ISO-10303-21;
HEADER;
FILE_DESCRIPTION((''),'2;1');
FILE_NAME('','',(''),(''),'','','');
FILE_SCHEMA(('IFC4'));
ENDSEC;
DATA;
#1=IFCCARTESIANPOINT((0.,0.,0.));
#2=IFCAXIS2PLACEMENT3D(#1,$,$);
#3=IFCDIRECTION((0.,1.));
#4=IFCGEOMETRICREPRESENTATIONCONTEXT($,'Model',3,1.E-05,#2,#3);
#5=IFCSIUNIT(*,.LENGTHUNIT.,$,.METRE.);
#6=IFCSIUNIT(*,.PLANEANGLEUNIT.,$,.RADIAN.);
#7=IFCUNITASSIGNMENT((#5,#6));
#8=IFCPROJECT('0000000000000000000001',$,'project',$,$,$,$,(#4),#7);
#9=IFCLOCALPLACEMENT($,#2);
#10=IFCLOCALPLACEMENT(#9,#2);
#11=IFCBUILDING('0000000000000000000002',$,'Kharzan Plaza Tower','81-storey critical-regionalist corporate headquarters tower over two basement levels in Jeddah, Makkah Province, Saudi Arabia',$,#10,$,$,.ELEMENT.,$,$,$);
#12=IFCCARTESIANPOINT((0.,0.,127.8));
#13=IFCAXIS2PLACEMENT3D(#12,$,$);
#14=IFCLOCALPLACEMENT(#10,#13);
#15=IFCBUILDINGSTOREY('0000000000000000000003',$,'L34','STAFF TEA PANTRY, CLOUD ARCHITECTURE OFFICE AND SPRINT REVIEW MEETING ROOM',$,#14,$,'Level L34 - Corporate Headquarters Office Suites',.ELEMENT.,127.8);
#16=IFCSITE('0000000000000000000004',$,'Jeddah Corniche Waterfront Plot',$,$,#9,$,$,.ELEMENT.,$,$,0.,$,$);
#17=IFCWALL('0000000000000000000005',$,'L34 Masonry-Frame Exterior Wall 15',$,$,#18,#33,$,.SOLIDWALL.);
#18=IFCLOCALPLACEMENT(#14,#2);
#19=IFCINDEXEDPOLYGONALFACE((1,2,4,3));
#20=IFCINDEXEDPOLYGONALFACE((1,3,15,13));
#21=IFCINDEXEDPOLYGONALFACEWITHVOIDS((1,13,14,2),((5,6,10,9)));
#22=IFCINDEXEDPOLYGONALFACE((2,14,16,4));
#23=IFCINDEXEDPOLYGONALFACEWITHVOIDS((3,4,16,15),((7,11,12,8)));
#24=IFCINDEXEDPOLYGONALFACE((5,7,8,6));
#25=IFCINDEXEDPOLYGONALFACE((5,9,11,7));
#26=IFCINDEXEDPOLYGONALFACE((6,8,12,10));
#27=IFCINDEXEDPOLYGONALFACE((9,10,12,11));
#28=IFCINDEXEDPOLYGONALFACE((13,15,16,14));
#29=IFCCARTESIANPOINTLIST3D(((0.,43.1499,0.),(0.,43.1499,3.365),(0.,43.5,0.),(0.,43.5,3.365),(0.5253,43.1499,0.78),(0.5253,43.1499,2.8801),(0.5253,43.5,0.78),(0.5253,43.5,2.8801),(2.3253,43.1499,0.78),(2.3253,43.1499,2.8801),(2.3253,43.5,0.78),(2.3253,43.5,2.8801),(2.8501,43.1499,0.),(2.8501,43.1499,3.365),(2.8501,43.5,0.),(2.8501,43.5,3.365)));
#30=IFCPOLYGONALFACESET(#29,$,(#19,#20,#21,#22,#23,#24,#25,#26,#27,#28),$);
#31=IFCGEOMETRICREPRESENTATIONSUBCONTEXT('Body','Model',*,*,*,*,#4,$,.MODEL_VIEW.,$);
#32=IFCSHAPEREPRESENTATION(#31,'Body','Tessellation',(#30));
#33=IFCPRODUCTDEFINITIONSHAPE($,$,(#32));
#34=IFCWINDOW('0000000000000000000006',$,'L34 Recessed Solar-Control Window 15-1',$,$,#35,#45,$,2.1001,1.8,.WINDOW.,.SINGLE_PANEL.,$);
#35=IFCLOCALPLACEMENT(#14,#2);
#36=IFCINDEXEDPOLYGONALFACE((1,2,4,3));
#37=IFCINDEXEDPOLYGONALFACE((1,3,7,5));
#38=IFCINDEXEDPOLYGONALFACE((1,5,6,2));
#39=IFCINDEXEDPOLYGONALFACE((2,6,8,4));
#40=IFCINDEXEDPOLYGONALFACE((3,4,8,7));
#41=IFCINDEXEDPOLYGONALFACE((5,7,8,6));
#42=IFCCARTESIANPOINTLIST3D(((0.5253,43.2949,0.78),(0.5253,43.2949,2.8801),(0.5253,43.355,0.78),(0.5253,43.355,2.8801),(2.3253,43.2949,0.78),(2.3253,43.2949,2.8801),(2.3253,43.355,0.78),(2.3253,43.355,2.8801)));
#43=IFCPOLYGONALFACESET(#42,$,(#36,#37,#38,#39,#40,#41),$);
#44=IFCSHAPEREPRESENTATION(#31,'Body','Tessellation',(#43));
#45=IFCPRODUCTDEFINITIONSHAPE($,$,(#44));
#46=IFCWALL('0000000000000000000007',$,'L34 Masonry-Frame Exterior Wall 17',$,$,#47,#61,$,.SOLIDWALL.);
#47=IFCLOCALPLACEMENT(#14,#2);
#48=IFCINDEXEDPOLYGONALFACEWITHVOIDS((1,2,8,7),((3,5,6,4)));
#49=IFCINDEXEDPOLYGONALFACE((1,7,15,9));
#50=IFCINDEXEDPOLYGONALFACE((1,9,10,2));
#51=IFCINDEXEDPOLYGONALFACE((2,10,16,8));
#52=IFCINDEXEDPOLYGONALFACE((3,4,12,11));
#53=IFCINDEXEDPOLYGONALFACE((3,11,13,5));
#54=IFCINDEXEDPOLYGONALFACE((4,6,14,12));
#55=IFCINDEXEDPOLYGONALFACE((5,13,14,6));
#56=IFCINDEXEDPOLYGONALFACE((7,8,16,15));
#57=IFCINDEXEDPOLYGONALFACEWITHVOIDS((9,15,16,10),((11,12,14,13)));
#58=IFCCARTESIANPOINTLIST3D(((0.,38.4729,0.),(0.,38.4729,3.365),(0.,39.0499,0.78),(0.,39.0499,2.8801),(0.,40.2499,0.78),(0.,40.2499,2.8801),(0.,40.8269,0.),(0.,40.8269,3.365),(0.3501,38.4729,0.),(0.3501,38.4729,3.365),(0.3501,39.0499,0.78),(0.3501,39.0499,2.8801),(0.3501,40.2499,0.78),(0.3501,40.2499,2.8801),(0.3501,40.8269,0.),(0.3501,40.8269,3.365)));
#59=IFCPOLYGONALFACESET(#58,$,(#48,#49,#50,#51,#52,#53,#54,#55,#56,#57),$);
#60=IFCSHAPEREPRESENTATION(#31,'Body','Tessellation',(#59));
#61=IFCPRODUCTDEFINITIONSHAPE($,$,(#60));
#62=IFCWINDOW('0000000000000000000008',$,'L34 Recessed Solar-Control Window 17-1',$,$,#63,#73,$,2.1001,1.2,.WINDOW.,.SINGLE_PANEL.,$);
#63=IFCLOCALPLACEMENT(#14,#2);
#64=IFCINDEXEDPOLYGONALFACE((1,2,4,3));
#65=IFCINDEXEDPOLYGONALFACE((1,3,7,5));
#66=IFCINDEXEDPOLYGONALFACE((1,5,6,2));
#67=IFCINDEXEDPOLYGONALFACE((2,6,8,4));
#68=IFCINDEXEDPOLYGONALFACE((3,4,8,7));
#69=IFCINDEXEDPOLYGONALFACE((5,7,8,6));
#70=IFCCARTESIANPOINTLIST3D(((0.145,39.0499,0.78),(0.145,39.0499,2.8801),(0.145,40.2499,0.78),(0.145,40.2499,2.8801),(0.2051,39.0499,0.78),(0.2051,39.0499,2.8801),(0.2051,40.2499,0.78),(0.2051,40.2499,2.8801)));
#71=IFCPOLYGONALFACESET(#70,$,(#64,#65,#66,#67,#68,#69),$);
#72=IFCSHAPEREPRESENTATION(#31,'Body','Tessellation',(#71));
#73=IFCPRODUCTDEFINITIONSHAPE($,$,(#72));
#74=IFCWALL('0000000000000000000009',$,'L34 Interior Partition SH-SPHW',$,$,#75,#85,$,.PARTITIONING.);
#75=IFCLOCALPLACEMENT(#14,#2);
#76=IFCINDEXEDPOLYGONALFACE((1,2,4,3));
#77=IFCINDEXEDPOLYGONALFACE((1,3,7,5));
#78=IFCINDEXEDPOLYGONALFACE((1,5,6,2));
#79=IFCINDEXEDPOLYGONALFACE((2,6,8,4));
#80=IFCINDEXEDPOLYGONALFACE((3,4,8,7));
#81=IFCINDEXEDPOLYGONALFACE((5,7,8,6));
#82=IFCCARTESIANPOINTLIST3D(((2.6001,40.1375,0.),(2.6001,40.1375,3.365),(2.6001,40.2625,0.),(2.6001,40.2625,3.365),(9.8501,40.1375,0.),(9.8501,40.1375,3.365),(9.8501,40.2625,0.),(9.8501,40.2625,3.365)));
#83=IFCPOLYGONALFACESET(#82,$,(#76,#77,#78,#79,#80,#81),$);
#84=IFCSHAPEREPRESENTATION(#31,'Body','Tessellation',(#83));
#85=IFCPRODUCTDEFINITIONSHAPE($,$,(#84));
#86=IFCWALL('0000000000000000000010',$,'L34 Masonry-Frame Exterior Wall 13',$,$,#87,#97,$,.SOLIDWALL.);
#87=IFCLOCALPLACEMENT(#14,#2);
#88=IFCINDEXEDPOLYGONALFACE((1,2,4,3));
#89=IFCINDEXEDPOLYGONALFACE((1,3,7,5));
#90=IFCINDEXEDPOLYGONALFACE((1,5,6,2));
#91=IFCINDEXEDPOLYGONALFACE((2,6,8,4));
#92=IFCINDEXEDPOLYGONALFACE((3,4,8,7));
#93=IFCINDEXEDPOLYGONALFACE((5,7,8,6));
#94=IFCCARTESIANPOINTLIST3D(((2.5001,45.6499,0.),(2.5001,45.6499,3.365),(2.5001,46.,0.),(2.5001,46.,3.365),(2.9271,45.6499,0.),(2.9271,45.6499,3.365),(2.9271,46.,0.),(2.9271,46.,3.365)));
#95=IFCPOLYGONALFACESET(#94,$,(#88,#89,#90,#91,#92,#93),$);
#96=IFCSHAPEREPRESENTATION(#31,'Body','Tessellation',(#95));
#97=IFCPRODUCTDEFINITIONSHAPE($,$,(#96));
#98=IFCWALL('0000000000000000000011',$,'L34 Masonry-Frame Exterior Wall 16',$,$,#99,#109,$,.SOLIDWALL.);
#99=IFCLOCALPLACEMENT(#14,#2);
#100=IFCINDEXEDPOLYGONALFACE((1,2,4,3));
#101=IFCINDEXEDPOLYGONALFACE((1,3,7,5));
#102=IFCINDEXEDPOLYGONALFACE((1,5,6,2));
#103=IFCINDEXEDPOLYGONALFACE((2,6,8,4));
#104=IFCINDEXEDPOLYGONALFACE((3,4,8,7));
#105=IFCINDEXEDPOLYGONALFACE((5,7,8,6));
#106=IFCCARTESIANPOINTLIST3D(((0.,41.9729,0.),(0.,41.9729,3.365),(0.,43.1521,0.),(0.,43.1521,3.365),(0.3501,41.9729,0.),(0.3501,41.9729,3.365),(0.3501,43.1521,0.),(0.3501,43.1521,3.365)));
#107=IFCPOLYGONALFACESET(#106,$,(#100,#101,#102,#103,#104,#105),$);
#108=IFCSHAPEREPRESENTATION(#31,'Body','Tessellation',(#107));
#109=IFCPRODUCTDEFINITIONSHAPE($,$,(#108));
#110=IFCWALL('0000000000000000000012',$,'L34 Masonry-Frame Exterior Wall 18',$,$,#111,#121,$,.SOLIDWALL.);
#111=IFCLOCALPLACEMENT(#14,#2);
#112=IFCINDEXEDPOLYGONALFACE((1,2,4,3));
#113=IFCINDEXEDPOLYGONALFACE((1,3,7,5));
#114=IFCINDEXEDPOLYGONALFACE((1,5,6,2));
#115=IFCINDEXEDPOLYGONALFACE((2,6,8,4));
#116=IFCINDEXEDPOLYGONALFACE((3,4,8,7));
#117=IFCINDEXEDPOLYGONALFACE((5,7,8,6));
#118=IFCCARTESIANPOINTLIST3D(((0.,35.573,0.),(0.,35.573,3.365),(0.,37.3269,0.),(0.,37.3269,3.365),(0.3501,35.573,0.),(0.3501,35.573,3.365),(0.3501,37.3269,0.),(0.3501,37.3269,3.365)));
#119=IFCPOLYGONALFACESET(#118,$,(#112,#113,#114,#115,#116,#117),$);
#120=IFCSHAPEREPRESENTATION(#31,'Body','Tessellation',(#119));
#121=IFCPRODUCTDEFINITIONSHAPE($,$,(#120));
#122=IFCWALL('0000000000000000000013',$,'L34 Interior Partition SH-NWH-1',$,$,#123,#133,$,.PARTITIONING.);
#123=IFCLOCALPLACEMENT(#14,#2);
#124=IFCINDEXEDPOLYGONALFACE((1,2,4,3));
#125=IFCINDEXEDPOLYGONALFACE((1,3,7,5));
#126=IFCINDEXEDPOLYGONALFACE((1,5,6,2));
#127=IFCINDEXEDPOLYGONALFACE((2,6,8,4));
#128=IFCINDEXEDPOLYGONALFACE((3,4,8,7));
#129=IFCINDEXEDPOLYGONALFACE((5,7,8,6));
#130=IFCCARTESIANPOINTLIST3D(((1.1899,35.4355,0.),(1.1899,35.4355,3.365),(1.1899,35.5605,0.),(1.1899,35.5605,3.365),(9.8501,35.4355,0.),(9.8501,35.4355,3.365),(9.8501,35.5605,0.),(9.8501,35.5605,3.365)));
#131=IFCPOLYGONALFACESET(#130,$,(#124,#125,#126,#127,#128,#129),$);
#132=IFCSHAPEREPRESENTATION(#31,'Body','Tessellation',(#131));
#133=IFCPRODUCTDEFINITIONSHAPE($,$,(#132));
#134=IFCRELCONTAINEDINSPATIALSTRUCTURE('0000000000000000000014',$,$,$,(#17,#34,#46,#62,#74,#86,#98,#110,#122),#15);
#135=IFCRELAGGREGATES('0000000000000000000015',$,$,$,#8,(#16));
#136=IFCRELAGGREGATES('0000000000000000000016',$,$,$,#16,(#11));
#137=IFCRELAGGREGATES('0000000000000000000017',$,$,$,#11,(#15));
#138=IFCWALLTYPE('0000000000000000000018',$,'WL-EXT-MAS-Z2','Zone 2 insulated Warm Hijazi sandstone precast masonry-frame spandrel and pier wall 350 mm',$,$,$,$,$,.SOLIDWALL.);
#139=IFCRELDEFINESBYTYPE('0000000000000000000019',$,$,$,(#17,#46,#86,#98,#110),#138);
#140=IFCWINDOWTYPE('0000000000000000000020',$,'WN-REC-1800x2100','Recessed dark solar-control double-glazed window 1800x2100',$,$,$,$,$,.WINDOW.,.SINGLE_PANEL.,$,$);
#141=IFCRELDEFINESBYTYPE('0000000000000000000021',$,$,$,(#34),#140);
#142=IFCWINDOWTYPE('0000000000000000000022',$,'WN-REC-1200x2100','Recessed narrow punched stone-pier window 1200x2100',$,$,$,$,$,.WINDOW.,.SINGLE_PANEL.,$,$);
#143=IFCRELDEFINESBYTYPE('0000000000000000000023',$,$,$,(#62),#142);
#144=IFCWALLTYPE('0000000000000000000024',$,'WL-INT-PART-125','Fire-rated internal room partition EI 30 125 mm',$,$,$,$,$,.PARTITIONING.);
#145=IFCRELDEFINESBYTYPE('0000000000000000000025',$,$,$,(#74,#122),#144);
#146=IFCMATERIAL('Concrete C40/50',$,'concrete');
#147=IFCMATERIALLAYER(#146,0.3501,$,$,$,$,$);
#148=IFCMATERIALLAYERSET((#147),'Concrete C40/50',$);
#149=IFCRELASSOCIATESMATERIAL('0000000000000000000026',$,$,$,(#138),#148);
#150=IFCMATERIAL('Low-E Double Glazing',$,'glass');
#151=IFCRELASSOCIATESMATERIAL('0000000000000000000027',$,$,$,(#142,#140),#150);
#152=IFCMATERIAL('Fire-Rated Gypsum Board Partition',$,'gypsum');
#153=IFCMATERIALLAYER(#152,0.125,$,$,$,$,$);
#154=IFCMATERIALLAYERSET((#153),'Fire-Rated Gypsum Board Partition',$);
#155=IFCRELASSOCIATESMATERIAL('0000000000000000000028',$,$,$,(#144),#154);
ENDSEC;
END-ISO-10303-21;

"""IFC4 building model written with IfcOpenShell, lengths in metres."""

from ifc_helpers import new_model, si_unit, direction, frame, frame_2d, origin, place, context, subcontext, project, spatial, rectangle, extrude, source, transform, mapped, material, layer, layer_set, type_object, element, fill, save


model = new_model("IFC4")

# Units and contexts
model_context = context("Model", 3, precision=1e-05, world=origin(), true_north=direction((0.0, 1.0)))
body_context = subcontext(model_context, "Body", "Model", "MODEL_VIEW")
ifc_project = project(units=[si_unit("LENGTHUNIT", "METRE"), si_unit("PLANEANGLEUNIT", "RADIAN")], contexts=[model_context])

# Site, building, storey
site_placement = place(None, origin())
site = spatial("IfcSite", under=ifc_project, at=site_placement, Name="Jeddah Corniche Waterfront Plot", CompositionType="ELEMENT", RefElevation=0.0)
building_placement = place(site_placement, origin())
building = spatial("IfcBuilding", under=site, at=building_placement, Name="Kharzan Plaza Tower", Description="81-storey critical-regionalist corporate headquarters tower over two basement levels in Jeddah, Makkah Province, Saudi Arabia", CompositionType="ELEMENT")
storey_placement = place(building_placement, frame((0.0, 0.0, 127.8)))
storey = spatial("IfcBuildingStorey", under=building, at=storey_placement, Name="L34", Description="STAFF TEA PANTRY, CLOUD ARCHITECTURE OFFICE AND SPRINT REVIEW MEETING ROOM", LongName="Level L34 - Corporate Headquarters Office Suites", CompositionType="ELEMENT", Elevation=127.8)

# Walls, openings, windows
ifc_material_1 = material(Name="Concrete C40/50", Category="concrete")
ifc_layer_1 = layer(ifc_material_1, 0.3501)
ifc_layer_set_1 = layer_set([ifc_layer_1], Name="Concrete C40/50")
wall_type_1 = type_object("IfcWallType", Name="WL-EXT-MAS-Z2", Description="Zone 2 insulated Warm Hijazi sandstone precast masonry-frame spandrel and pier wall 350 mm", PredefinedType="SOLIDWALL", material=ifc_layer_set_1)
ifc_material_2 = material(Name="Low-E Double Glazing", Category="glass")
window_type_1 = type_object("IfcWindowType", Name="WN-REC-1200x2100", Description="Recessed narrow punched stone-pier window 1200x2100", PartitioningType="SINGLE_PANEL", PredefinedType="WINDOW", material=ifc_material_2)
shared_shape_1 = source(origin(), body_context, "Body", "SweptSolid", [
    extrude(rectangle(XDim=1.2, YDim=2.1001, at=frame_2d((0.6001, 1.05))), frame((0.0, 0.03, 0.0), z_axis=(0.0, -1.0, 0.0), x_axis=(1.0, 0.0, 0.0)), (0.0, 0.0, 1.0), 0.0601),
])
wall_1_placement = place(storey_placement, frame((2.8501, 43.325, 0.0), z_axis=(0.0, 0.0, 1.0), x_axis=(-1.0, 0.0, 0.0)))
wall_1 = element("IfcWall", 1, at=wall_1_placement, inside=storey, type_object=wall_type_1, Name="L34 Masonry-Frame Exterior Wall 15", PredefinedType="SOLIDWALL", context=body_context, shape_type="SweptSolid", body=[
    extrude(rectangle(XDim=2.8501, YDim=0.3501, at=frame_2d((1.425, 0.0))), origin(), (0.0, 0.0, 1.0), 3.365),
])
opening_1_placement = place(wall_1_placement, frame((0.5249, 0.0, 0.78)))
opening_1 = element("IfcOpeningElement", 2, at=opening_1_placement, cuts=wall_1, PredefinedType="OPENING", context=body_context, shape_type="SweptSolid", body=[
    extrude(rectangle(XDim=1.8, YDim=2.1001, at=frame_2d((0.8999, 1.05))), frame((0.0, 0.1851, 0.0), z_axis=(0.0, -1.0, 0.0), x_axis=(1.0, 0.0, 0.0)), (0.0, 0.0, 1.0), 0.3701),
])
window_type_2 = type_object("IfcWindowType", Name="WN-REC-1800x2100", Description="Recessed dark solar-control double-glazed window 1800x2100", PartitioningType="SINGLE_PANEL", PredefinedType="WINDOW", material=ifc_material_2)
shared_shape_2 = source(origin(), body_context, "Body", "SweptSolid", [
    extrude(rectangle(XDim=1.8, YDim=2.1001, at=frame_2d((0.8999, 1.05))), frame((0.0, 0.03, 0.0), z_axis=(0.0, -1.0, 0.0), x_axis=(1.0, 0.0, 0.0)), (0.0, 0.0, 1.0), 0.0601),
])
window_1_placement = place(opening_1_placement, origin())
window_1 = element("IfcWindow", 3, at=window_1_placement, inside=storey, type_object=window_type_2, Name="L34 Recessed Solar-Control Window 15-1", OverallHeight=2.1001, OverallWidth=1.8, PartitioningType="SINGLE_PANEL", PredefinedType="WINDOW", context=body_context, shape_type="MappedRepresentation", body=[
    mapped(shared_shape_2, transform((0.0, 0.0, 0.0), x_axis=(1.0, 0.0, 0.0), y_axis=(0.0, 1.0, 0.0), z_axis=(0.0, 0.0, 1.0))),
])
fill(opening_1, window_1)
wall_2_placement = place(storey_placement, frame((0.175, 40.8269, 0.0), z_axis=(0.0, 0.0, 1.0), x_axis=(0.0, -1.0, 0.0)))
wall_2 = element("IfcWall", 4, at=wall_2_placement, inside=storey, type_object=wall_type_1, Name="L34 Masonry-Frame Exterior Wall 17", PredefinedType="SOLIDWALL", context=body_context, shape_type="SweptSolid", body=[
    extrude(rectangle(XDim=2.354, YDim=0.3501, at=frame_2d((1.177, 0.0))), origin(), (0.0, 0.0, 1.0), 3.365),
])
opening_2_placement = place(wall_2_placement, frame((0.5769, 0.0, 0.78)))
opening_2 = element("IfcOpeningElement", 5, at=opening_2_placement, cuts=wall_2, PredefinedType="OPENING", context=body_context, shape_type="SweptSolid", body=[
    extrude(rectangle(XDim=1.2, YDim=2.1001, at=frame_2d((0.6001, 1.05))), frame((0.0, 0.1851, 0.0), z_axis=(0.0, -1.0, 0.0), x_axis=(1.0, 0.0, 0.0)), (0.0, 0.0, 1.0), 0.3701),
])
window_2_placement = place(opening_2_placement, origin())
window_2 = element("IfcWindow", 6, at=window_2_placement, inside=storey, type_object=window_type_1, Name="L34 Recessed Solar-Control Window 17-1", OverallHeight=2.1001, OverallWidth=1.2, PartitioningType="SINGLE_PANEL", PredefinedType="WINDOW", context=body_context, shape_type="MappedRepresentation", body=[
    mapped(shared_shape_1, transform((0.0, 0.0, 0.0), x_axis=(1.0, 0.0, 0.0), y_axis=(0.0, 1.0, 0.0), z_axis=(0.0, 0.0, 1.0))),
])
fill(opening_2, window_2)

# Walls
ifc_material_3 = material(Name="Fire-Rated Gypsum Board Partition", Category="gypsum")
ifc_layer_2 = layer(ifc_material_3, 0.125)
ifc_layer_set_2 = layer_set([ifc_layer_2], Name="Fire-Rated Gypsum Board Partition")
wall_type_2 = type_object("IfcWallType", Name="WL-INT-PART-125", Description="Fire-rated internal room partition EI 30 125 mm", PredefinedType="PARTITIONING", material=ifc_layer_set_2)
shared_shape_3 = source(origin(), body_context, "Body", "SweptSolid", [
    extrude(rectangle(XDim=7.25, YDim=0.125, at=frame_2d((3.625, 0.0))), origin(), (0.0, 0.0, 1.0), 3.365),
])
wall_3_placement = place(storey_placement, frame((2.6001, 40.2, 0.0), z_axis=(0.0, 0.0, 1.0), x_axis=(1.0, 0.0, 0.0)))
element("IfcWall", 7, at=wall_3_placement, inside=storey, type_object=wall_type_2, Name="L34 Interior Partition SH-SPHW", PredefinedType="PARTITIONING", context=body_context, shape_type="MappedRepresentation", body=[
    mapped(shared_shape_3, transform((0.0, 0.0, 0.0), x_axis=(1.0, 0.0, 0.0), y_axis=(0.0, 1.0, 0.0), z_axis=(0.0, 0.0, 1.0))),
])
shared_shape_4 = source(origin(), body_context, "Body", "SweptSolid", [
    extrude(rectangle(XDim=0.427, YDim=0.3501, at=frame_2d((0.2134, 0.0))), origin(), (0.0, 0.0, 1.0), 3.365),
])
wall_4_placement = place(storey_placement, frame((2.927, 45.825, 0.0), z_axis=(0.0, 0.0, 1.0), x_axis=(-1.0, 0.0, 0.0)))
element("IfcWall", 8, at=wall_4_placement, inside=storey, type_object=wall_type_1, Name="L34 Masonry-Frame Exterior Wall 13", PredefinedType="SOLIDWALL", context=body_context, shape_type="MappedRepresentation", body=[
    mapped(shared_shape_4, transform((0.0, 0.0, 0.0), x_axis=(1.0, 0.0, 0.0), y_axis=(0.0, 1.0, 0.0), z_axis=(0.0, 0.0, 1.0))),
])
shared_shape_5 = source(origin(), body_context, "Body", "SweptSolid", [
    extrude(rectangle(XDim=1.1792, YDim=0.3501, at=frame_2d((0.5896, 0.0))), origin(), (0.0, 0.0, 1.0), 3.365),
])
wall_5_placement = place(storey_placement, frame((0.175, 43.1521, 0.0), z_axis=(0.0, 0.0, 1.0), x_axis=(0.0, -1.0, 0.0)))
element("IfcWall", 9, at=wall_5_placement, inside=storey, type_object=wall_type_1, Name="L34 Masonry-Frame Exterior Wall 16", PredefinedType="SOLIDWALL", context=body_context, shape_type="MappedRepresentation", body=[
    mapped(shared_shape_5, transform((0.0, 0.0, 0.0), x_axis=(1.0, 0.0, 0.0), y_axis=(0.0, 1.0, 0.0), z_axis=(0.0, 0.0, 1.0))),
])
shared_shape_6 = source(origin(), body_context, "Body", "SweptSolid", [
    extrude(rectangle(XDim=1.7539, YDim=0.3501, at=frame_2d((0.877, 0.0))), origin(), (0.0, 0.0, 1.0), 3.365),
])
wall_6_placement = place(storey_placement, frame((0.175, 37.3269, 0.0), z_axis=(0.0, 0.0, 1.0), x_axis=(0.0, -1.0, 0.0)))
element("IfcWall", 10, at=wall_6_placement, inside=storey, type_object=wall_type_1, Name="L34 Masonry-Frame Exterior Wall 18", PredefinedType="SOLIDWALL", context=body_context, shape_type="MappedRepresentation", body=[
    mapped(shared_shape_6, transform((0.0, 0.0, 0.0), x_axis=(1.0, 0.0, 0.0), y_axis=(0.0, 1.0, 0.0), z_axis=(0.0, 0.0, 1.0))),
])
shared_shape_7 = source(origin(), body_context, "Body", "SweptSolid", [
    extrude(rectangle(XDim=8.6602, YDim=0.125, at=frame_2d((4.3301, 0.0))), origin(), (0.0, 0.0, 1.0), 3.365),
])
wall_7_placement = place(storey_placement, frame((1.1899, 35.498, 0.0), z_axis=(0.0, 0.0, 1.0), x_axis=(1.0, 0.0, 0.0)))
element("IfcWall", 11, at=wall_7_placement, inside=storey, type_object=wall_type_2, Name="L34 Interior Partition SH-NWH-1", PredefinedType="PARTITIONING", context=body_context, shape_type="MappedRepresentation", body=[
    mapped(shared_shape_7, transform((0.0, 0.0, 0.0), x_axis=(1.0, 0.0, 0.0), y_axis=(0.0, 1.0, 0.0), z_axis=(0.0, 0.0, 1.0))),
])

save(model, "model.ifc")
